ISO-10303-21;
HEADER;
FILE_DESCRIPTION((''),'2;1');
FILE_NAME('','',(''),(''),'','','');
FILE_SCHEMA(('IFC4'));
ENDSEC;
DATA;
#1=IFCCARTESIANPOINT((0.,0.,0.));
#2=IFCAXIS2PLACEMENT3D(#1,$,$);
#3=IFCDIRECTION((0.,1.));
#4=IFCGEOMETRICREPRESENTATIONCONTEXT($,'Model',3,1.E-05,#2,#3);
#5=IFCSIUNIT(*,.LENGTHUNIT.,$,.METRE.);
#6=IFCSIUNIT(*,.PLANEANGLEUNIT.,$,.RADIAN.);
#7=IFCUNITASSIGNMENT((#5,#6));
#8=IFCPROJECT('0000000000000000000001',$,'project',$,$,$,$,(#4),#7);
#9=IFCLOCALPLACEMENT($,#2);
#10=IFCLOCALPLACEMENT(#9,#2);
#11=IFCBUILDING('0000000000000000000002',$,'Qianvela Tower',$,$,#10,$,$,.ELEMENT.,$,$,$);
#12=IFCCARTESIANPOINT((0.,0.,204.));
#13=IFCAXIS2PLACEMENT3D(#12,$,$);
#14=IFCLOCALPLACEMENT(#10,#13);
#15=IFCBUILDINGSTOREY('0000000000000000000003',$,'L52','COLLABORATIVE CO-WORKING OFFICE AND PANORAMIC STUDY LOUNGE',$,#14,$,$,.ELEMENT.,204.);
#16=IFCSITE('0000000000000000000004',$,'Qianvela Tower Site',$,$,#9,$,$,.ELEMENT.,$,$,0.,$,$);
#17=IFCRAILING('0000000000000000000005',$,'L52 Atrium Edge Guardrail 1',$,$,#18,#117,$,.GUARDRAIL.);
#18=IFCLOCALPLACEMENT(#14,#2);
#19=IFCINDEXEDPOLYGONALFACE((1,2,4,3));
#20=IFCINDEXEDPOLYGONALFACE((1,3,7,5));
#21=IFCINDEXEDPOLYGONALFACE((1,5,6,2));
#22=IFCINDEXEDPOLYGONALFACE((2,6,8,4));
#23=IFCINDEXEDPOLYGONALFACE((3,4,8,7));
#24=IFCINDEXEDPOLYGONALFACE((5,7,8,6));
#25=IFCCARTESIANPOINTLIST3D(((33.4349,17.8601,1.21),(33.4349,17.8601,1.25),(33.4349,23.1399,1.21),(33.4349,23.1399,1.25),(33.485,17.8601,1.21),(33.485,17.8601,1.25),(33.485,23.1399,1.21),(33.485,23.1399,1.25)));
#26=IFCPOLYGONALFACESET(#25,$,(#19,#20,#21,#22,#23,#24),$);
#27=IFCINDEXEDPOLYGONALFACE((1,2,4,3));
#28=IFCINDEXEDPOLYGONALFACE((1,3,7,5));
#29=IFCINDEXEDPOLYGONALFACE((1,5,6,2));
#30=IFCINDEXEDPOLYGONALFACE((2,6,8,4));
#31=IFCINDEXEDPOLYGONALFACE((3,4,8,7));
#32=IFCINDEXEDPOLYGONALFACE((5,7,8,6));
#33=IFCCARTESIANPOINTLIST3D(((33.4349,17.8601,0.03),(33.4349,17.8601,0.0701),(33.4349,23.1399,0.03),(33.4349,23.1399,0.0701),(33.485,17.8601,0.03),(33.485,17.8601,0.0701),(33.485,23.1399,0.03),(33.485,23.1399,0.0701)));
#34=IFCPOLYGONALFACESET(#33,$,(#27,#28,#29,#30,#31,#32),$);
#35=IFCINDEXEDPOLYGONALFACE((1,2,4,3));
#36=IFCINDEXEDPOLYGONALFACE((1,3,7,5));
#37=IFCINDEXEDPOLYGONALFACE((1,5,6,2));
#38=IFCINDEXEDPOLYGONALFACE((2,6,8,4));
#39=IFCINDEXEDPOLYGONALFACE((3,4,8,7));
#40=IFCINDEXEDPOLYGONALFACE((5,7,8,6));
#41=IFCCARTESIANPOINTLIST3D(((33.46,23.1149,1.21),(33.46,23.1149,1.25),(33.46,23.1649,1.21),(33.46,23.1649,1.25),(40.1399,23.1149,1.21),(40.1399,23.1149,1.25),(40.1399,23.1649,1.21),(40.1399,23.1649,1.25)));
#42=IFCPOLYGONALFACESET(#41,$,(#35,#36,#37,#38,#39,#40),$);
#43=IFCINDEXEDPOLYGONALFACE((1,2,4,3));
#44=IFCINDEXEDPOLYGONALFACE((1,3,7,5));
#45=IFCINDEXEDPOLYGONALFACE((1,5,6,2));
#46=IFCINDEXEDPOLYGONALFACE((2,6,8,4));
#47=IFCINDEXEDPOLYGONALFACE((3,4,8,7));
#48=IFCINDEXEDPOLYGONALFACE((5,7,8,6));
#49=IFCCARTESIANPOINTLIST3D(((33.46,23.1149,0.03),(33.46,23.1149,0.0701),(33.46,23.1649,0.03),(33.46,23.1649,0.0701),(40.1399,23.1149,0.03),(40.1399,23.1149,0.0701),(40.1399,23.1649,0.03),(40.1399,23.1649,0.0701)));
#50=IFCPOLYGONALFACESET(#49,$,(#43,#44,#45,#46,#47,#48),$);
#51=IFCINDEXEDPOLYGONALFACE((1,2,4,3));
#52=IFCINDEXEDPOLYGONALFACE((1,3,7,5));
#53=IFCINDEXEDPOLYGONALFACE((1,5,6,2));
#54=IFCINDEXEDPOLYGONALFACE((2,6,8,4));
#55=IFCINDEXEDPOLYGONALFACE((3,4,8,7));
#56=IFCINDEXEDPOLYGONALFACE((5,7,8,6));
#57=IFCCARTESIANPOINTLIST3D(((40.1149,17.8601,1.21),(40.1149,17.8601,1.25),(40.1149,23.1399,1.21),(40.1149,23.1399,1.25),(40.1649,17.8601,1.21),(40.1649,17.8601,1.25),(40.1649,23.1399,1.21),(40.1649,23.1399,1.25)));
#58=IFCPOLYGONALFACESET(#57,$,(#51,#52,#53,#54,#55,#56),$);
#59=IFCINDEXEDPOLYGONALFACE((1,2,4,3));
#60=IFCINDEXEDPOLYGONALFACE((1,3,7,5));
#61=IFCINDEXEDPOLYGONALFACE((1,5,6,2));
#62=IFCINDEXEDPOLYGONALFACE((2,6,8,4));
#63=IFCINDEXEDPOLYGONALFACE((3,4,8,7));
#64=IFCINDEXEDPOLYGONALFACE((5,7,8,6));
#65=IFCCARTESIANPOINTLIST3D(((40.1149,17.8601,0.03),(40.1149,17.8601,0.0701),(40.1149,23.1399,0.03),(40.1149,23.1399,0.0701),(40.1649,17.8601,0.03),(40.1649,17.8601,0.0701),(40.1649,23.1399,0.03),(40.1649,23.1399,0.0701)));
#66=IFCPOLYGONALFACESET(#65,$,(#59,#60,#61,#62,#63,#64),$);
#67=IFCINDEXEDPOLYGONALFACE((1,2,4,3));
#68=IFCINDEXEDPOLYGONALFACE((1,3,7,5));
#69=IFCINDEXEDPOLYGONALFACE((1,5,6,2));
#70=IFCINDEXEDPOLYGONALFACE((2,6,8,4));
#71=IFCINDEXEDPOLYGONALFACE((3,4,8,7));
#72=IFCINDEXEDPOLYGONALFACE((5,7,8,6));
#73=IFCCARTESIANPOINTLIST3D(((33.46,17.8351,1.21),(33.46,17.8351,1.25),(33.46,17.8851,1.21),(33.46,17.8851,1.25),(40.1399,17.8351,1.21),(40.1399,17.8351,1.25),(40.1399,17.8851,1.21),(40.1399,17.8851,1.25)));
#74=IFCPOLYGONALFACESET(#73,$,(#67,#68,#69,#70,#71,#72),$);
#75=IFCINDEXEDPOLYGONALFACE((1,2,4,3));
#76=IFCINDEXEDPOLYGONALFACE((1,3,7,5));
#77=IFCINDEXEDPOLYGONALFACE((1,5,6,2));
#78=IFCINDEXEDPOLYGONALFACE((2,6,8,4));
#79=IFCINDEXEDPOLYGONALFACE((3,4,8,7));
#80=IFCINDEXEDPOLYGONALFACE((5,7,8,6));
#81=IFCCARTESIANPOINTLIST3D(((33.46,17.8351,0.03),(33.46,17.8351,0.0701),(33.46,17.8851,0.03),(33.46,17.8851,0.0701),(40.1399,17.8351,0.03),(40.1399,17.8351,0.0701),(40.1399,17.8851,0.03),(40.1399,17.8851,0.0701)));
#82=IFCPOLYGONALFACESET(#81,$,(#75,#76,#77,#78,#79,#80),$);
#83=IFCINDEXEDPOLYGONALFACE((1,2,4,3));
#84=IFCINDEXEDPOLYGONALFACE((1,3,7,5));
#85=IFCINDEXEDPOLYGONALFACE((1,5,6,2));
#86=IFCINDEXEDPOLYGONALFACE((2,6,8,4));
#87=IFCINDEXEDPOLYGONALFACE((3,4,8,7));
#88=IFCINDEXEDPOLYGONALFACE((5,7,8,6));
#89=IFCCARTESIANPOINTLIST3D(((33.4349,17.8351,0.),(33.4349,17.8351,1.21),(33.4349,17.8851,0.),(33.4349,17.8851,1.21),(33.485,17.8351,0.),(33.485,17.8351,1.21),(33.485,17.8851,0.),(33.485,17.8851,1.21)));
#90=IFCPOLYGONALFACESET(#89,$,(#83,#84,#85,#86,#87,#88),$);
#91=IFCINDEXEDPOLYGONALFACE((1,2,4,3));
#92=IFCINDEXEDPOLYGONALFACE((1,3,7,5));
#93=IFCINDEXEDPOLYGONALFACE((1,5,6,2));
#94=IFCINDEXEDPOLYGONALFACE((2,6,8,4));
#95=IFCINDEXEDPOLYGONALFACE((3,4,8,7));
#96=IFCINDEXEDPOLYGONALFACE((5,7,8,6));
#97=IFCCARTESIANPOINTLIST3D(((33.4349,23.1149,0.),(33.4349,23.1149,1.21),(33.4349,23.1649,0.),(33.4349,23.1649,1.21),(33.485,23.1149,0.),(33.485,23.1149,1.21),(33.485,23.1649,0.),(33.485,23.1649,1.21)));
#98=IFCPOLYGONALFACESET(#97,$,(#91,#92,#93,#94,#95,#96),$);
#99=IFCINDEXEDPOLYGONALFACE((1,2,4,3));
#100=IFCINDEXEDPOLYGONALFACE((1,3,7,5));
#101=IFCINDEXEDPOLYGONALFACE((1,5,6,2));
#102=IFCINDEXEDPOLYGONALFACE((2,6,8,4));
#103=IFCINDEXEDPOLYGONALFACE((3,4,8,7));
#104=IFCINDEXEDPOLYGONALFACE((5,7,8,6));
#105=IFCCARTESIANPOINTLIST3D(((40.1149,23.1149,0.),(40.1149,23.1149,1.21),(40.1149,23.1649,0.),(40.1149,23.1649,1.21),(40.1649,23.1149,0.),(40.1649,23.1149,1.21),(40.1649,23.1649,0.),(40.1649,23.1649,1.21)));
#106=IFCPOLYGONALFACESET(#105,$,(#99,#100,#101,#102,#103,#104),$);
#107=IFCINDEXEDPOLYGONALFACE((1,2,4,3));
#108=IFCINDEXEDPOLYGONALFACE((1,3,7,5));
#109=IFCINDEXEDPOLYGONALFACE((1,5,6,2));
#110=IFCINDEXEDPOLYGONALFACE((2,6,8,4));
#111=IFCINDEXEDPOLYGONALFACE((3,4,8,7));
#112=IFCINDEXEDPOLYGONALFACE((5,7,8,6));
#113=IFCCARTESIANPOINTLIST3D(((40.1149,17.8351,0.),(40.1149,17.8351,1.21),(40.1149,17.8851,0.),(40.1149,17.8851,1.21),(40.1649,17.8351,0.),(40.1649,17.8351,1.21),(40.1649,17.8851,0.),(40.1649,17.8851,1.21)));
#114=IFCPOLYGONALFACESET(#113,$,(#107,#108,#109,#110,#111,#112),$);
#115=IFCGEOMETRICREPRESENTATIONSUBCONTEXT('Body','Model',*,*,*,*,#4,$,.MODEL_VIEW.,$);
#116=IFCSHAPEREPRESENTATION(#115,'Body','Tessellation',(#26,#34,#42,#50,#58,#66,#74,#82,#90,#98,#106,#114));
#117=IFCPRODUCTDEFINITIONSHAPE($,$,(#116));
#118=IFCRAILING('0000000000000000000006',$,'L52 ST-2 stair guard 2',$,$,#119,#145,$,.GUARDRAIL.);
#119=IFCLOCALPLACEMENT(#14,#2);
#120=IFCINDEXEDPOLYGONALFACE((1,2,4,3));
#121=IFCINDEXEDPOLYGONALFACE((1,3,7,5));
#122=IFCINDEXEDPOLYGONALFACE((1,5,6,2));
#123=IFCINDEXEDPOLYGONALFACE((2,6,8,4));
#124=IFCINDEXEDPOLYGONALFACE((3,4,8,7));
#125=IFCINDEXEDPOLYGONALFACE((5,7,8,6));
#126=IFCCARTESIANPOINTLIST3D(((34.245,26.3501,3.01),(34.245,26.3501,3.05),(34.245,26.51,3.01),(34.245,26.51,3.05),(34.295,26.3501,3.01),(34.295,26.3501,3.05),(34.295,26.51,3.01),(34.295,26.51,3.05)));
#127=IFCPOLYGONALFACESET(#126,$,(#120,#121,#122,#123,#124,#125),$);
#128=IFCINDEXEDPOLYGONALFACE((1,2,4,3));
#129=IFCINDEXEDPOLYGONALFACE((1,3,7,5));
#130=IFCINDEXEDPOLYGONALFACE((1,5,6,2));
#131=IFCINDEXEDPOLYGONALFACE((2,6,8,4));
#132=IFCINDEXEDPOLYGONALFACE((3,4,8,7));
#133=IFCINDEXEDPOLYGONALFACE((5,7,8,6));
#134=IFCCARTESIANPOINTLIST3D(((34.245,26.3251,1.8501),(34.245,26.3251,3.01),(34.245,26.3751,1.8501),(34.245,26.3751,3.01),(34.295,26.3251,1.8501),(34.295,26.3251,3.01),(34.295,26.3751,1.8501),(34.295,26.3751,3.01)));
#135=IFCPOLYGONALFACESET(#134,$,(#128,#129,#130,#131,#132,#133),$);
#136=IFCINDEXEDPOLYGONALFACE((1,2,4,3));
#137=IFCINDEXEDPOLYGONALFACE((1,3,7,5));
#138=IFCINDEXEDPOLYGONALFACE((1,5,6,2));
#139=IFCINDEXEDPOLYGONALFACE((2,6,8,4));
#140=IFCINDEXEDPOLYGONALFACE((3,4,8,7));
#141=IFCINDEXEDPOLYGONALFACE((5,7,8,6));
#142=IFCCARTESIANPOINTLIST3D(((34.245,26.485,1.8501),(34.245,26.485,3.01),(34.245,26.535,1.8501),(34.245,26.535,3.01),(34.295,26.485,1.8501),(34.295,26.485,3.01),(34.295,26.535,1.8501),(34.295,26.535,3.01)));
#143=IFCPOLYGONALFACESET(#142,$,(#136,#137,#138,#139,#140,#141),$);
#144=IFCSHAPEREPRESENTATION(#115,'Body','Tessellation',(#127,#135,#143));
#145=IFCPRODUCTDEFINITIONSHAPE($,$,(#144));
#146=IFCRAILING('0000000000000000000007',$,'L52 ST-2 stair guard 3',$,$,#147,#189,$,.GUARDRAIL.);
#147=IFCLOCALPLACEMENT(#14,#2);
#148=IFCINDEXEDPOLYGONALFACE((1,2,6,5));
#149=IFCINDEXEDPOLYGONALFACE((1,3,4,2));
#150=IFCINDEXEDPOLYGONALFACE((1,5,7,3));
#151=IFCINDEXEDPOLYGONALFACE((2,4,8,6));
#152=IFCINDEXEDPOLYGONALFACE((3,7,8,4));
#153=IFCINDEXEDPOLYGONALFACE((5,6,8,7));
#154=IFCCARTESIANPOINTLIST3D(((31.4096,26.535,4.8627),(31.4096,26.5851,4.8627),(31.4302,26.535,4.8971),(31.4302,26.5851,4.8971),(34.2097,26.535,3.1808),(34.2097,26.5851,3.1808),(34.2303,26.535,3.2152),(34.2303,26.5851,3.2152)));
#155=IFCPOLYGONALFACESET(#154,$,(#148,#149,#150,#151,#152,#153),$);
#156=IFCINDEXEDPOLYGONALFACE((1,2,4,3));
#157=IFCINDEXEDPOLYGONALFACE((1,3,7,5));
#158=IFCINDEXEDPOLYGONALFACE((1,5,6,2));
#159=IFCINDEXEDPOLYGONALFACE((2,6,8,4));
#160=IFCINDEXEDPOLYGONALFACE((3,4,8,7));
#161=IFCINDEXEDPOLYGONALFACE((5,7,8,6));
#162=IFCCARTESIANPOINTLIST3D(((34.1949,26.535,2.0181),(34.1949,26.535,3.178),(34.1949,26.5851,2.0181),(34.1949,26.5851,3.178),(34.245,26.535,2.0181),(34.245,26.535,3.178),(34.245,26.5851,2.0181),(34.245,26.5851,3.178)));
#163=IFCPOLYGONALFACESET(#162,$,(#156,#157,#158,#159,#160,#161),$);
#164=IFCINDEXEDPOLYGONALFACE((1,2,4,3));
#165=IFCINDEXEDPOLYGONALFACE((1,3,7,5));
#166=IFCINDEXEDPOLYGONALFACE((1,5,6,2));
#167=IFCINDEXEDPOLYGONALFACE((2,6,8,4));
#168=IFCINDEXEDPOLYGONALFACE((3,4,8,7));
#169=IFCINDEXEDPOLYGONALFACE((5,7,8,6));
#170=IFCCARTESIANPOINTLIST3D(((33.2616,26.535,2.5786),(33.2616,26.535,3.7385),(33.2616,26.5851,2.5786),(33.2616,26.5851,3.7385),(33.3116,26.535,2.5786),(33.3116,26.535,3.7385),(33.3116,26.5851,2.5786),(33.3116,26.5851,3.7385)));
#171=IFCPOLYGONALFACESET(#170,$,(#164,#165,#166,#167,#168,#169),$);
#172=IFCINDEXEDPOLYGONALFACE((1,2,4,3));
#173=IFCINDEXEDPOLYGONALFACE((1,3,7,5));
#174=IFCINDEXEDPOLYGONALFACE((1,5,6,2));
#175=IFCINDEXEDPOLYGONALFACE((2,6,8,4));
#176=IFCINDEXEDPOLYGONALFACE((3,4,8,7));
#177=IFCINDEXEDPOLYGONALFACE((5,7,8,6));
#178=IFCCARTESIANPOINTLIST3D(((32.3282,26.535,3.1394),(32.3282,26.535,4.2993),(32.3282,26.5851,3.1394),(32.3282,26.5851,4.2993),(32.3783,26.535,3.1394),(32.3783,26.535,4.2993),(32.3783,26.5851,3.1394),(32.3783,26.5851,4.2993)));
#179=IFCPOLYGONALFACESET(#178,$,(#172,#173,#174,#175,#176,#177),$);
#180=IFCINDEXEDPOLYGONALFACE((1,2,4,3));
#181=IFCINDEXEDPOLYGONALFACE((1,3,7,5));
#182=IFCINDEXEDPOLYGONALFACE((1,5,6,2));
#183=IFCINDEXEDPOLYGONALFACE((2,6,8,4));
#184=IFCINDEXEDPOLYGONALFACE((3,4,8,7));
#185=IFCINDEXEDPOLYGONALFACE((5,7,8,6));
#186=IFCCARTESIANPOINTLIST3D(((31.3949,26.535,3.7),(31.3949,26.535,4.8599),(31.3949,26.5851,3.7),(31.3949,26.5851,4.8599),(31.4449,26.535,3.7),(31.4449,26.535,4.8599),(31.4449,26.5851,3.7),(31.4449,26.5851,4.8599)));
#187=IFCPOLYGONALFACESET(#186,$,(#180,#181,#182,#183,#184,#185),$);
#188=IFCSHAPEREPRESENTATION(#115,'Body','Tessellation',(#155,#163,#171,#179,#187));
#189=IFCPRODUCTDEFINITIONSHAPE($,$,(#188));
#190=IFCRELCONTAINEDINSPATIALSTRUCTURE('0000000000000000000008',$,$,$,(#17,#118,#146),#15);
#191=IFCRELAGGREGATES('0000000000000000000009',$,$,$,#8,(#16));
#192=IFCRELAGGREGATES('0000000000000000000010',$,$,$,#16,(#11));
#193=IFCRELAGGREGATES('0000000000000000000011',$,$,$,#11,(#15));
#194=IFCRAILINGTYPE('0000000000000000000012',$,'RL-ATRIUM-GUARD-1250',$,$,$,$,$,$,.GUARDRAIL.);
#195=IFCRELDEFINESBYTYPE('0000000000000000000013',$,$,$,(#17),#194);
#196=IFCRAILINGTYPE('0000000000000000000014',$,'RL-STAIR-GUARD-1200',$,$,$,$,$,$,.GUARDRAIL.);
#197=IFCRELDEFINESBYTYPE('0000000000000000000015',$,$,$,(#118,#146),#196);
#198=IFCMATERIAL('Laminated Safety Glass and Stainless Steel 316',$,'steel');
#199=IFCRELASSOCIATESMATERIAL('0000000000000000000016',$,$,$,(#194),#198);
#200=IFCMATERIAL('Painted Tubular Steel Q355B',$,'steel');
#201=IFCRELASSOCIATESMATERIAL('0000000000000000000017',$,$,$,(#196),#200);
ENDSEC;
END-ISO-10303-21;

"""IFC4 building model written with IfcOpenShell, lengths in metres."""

from ifc_helpers import new_model, si_unit, direction, frame, origin, origin_2d, place, context, subcontext, project, spatial, rectangle, extrude, material, type_object, element, save


model = new_model("IFC4")

# Units and contexts
model_context = context("Model", 3, precision=1e-05, world=origin(), true_north=direction((0.0, 1.0)))
body_context = subcontext(model_context, "Body", "Model", "MODEL_VIEW")
ifc_project = project(units=[si_unit("LENGTHUNIT", "METRE"), si_unit("PLANEANGLEUNIT", "RADIAN")], contexts=[model_context])

# Site, building, storey
site_placement = place(None, origin())
site = spatial("IfcSite", under=ifc_project, at=site_placement, Name="Qianvela Tower Site", CompositionType="ELEMENT", RefElevation=0.0)
building_placement = place(site_placement, origin())
building = spatial("IfcBuilding", under=site, at=building_placement, Name="Qianvela Tower", CompositionType="ELEMENT")
storey_placement = place(building_placement, frame((0.0, 0.0, 204.0)))
storey = spatial("IfcBuildingStorey", under=building, at=storey_placement, Name="L52", Description="COLLABORATIVE CO-WORKING OFFICE AND PANORAMIC STUDY LOUNGE", CompositionType="ELEMENT", Elevation=204.0)

# Railings
ifc_material_1 = material(Name="Laminated Safety Glass and Stainless Steel 316", Category="steel")
railing_type_1 = type_object("IfcRailingType", Name="RL-ATRIUM-GUARD-1250", PredefinedType="GUARDRAIL", material=ifc_material_1)
railing_1_placement = place(storey_placement, frame((33.46, 17.8601, 0.0)))
element("IfcRailing", 1, at=railing_1_placement, inside=storey, type_object=railing_type_1, Name="L52 Atrium Edge Guardrail 1", PredefinedType="GUARDRAIL", context=body_context, shape_type="SweptSolid", body=[
    extrude(rectangle(XDim=0.05, YDim=0.04, at=origin_2d()), frame((0.0, 0.0, 1.23), z_axis=(0.0, 1.0, 0.0), x_axis=(-1.0, 0.0, 0.0)), (0.0, 0.0, 1.0), 5.2798),
    extrude(rectangle(XDim=0.05, YDim=0.04, at=origin_2d()), frame((0.0, 0.0, 0.05), z_axis=(0.0, 1.0, 0.0), x_axis=(-1.0, 0.0, 0.0)), (0.0, 0.0, 1.0), 5.2798),
    extrude(rectangle(XDim=0.05, YDim=0.04, at=origin_2d()), frame((0.0, 5.2798, 1.23), z_axis=(1.0, 0.0, 0.0), x_axis=(0.0, 1.0, 0.0)), (0.0, 0.0, 1.0), 6.6799),
    extrude(rectangle(XDim=0.05, YDim=0.04, at=origin_2d()), frame((0.0, 5.2798, 0.05), z_axis=(1.0, 0.0, 0.0), x_axis=(0.0, 1.0, 0.0)), (0.0, 0.0, 1.0), 6.6799),
    extrude(rectangle(XDim=0.05, YDim=0.04, at=origin_2d()), frame((6.6799, 5.2798, 1.23), z_axis=(0.0, -1.0, 0.0), x_axis=(1.0, 0.0, 0.0)), (0.0, 0.0, 1.0), 5.2798),
    extrude(rectangle(XDim=0.05, YDim=0.04, at=origin_2d()), frame((6.6799, 5.2798, 0.05), z_axis=(0.0, -1.0, 0.0), x_axis=(1.0, 0.0, 0.0)), (0.0, 0.0, 1.0), 5.2798),
    extrude(rectangle(XDim=0.05, YDim=0.04, at=origin_2d()), frame((6.6799, 0.0, 1.23), z_axis=(-1.0, 0.0, 0.0), x_axis=(0.0, -1.0, 0.0)), (0.0, 0.0, 1.0), 6.6799),
    extrude(rectangle(XDim=0.05, YDim=0.04, at=origin_2d()), frame((6.6799, 0.0, 0.05), z_axis=(-1.0, 0.0, 0.0), x_axis=(0.0, -1.0, 0.0)), (0.0, 0.0, 1.0), 6.6799),
    extrude(rectangle(XDim=0.05, YDim=0.05, at=origin_2d()), origin(), (0.0, 0.0, 1.0), 1.21),
    extrude(rectangle(XDim=0.05, YDim=0.05, at=origin_2d()), frame((0.0, 5.2798, 0.0)), (0.0, 0.0, 1.0), 1.21),
    extrude(rectangle(XDim=0.05, YDim=0.05, at=origin_2d()), frame((6.6799, 5.2798, 0.0)), (0.0, 0.0, 1.0), 1.21),
    extrude(rectangle(XDim=0.05, YDim=0.05, at=origin_2d()), frame((6.6799, 0.0, 0.0)), (0.0, 0.0, 1.0), 1.21),
])
ifc_material_2 = material(Name="Painted Tubular Steel Q355B", Category="steel")
railing_type_2 = type_object("IfcRailingType", Name="RL-STAIR-GUARD-1200", PredefinedType="GUARDRAIL", material=ifc_material_2)
railing_2_placement = place(storey_placement, frame((34.27, 26.3501, 1.8501)))
element("IfcRailing", 2, at=railing_2_placement, inside=storey, type_object=railing_type_2, Name="L52 ST-2 stair guard 2", PredefinedType="GUARDRAIL", context=body_context, shape_type="SweptSolid", body=[
    extrude(rectangle(XDim=0.05, YDim=0.04, at=origin_2d()), frame((0.0, 0.0, 1.1799), z_axis=(0.0, 1.0, 0.0), x_axis=(-1.0, 0.0, 0.0)), (0.0, 0.0, 1.0), 0.1599),
    extrude(rectangle(XDim=0.05, YDim=0.05, at=origin_2d()), origin(), (0.0, 0.0, 1.0), 1.1599),
    extrude(rectangle(XDim=0.05, YDim=0.05, at=origin_2d()), frame((0.0, 0.1599, 0.0)), (0.0, 0.0, 1.0), 1.1599),
])
railing_3_placement = place(storey_placement, frame((34.22, 26.5601, 2.0181)))
element("IfcRailing", 3, at=railing_3_placement, inside=storey, type_object=railing_type_2, Name="L52 ST-2 stair guard 3", PredefinedType="GUARDRAIL", context=body_context, shape_type="SweptSolid", body=[
    extrude(rectangle(XDim=0.05, YDim=0.04, at=origin_2d()), frame((0.0, 0.0, 1.1799), z_axis=(-0.857242, 0.0, 0.514913), x_axis=(0.0, -1.0, 0.0)), (0.0, 0.0, 1.0), 3.2664),
    extrude(rectangle(XDim=0.05, YDim=0.05, at=origin_2d()), origin(), (0.0, 0.0, 1.0), 1.1599),
    extrude(rectangle(XDim=0.05, YDim=0.05, at=origin_2d()), frame((-0.9333, 0.0, 0.5605)), (0.0, 0.0, 1.0), 1.1599),
    extrude(rectangle(XDim=0.05, YDim=0.05, at=origin_2d()), frame((-1.8667, 0.0, 1.1213)), (0.0, 0.0, 1.0), 1.1599),
    extrude(rectangle(XDim=0.05, YDim=0.05, at=origin_2d()), frame((-2.8, 0.0, 1.6819)), (0.0, 0.0, 1.0), 1.1599),
])

save(model, "model.ifc")
